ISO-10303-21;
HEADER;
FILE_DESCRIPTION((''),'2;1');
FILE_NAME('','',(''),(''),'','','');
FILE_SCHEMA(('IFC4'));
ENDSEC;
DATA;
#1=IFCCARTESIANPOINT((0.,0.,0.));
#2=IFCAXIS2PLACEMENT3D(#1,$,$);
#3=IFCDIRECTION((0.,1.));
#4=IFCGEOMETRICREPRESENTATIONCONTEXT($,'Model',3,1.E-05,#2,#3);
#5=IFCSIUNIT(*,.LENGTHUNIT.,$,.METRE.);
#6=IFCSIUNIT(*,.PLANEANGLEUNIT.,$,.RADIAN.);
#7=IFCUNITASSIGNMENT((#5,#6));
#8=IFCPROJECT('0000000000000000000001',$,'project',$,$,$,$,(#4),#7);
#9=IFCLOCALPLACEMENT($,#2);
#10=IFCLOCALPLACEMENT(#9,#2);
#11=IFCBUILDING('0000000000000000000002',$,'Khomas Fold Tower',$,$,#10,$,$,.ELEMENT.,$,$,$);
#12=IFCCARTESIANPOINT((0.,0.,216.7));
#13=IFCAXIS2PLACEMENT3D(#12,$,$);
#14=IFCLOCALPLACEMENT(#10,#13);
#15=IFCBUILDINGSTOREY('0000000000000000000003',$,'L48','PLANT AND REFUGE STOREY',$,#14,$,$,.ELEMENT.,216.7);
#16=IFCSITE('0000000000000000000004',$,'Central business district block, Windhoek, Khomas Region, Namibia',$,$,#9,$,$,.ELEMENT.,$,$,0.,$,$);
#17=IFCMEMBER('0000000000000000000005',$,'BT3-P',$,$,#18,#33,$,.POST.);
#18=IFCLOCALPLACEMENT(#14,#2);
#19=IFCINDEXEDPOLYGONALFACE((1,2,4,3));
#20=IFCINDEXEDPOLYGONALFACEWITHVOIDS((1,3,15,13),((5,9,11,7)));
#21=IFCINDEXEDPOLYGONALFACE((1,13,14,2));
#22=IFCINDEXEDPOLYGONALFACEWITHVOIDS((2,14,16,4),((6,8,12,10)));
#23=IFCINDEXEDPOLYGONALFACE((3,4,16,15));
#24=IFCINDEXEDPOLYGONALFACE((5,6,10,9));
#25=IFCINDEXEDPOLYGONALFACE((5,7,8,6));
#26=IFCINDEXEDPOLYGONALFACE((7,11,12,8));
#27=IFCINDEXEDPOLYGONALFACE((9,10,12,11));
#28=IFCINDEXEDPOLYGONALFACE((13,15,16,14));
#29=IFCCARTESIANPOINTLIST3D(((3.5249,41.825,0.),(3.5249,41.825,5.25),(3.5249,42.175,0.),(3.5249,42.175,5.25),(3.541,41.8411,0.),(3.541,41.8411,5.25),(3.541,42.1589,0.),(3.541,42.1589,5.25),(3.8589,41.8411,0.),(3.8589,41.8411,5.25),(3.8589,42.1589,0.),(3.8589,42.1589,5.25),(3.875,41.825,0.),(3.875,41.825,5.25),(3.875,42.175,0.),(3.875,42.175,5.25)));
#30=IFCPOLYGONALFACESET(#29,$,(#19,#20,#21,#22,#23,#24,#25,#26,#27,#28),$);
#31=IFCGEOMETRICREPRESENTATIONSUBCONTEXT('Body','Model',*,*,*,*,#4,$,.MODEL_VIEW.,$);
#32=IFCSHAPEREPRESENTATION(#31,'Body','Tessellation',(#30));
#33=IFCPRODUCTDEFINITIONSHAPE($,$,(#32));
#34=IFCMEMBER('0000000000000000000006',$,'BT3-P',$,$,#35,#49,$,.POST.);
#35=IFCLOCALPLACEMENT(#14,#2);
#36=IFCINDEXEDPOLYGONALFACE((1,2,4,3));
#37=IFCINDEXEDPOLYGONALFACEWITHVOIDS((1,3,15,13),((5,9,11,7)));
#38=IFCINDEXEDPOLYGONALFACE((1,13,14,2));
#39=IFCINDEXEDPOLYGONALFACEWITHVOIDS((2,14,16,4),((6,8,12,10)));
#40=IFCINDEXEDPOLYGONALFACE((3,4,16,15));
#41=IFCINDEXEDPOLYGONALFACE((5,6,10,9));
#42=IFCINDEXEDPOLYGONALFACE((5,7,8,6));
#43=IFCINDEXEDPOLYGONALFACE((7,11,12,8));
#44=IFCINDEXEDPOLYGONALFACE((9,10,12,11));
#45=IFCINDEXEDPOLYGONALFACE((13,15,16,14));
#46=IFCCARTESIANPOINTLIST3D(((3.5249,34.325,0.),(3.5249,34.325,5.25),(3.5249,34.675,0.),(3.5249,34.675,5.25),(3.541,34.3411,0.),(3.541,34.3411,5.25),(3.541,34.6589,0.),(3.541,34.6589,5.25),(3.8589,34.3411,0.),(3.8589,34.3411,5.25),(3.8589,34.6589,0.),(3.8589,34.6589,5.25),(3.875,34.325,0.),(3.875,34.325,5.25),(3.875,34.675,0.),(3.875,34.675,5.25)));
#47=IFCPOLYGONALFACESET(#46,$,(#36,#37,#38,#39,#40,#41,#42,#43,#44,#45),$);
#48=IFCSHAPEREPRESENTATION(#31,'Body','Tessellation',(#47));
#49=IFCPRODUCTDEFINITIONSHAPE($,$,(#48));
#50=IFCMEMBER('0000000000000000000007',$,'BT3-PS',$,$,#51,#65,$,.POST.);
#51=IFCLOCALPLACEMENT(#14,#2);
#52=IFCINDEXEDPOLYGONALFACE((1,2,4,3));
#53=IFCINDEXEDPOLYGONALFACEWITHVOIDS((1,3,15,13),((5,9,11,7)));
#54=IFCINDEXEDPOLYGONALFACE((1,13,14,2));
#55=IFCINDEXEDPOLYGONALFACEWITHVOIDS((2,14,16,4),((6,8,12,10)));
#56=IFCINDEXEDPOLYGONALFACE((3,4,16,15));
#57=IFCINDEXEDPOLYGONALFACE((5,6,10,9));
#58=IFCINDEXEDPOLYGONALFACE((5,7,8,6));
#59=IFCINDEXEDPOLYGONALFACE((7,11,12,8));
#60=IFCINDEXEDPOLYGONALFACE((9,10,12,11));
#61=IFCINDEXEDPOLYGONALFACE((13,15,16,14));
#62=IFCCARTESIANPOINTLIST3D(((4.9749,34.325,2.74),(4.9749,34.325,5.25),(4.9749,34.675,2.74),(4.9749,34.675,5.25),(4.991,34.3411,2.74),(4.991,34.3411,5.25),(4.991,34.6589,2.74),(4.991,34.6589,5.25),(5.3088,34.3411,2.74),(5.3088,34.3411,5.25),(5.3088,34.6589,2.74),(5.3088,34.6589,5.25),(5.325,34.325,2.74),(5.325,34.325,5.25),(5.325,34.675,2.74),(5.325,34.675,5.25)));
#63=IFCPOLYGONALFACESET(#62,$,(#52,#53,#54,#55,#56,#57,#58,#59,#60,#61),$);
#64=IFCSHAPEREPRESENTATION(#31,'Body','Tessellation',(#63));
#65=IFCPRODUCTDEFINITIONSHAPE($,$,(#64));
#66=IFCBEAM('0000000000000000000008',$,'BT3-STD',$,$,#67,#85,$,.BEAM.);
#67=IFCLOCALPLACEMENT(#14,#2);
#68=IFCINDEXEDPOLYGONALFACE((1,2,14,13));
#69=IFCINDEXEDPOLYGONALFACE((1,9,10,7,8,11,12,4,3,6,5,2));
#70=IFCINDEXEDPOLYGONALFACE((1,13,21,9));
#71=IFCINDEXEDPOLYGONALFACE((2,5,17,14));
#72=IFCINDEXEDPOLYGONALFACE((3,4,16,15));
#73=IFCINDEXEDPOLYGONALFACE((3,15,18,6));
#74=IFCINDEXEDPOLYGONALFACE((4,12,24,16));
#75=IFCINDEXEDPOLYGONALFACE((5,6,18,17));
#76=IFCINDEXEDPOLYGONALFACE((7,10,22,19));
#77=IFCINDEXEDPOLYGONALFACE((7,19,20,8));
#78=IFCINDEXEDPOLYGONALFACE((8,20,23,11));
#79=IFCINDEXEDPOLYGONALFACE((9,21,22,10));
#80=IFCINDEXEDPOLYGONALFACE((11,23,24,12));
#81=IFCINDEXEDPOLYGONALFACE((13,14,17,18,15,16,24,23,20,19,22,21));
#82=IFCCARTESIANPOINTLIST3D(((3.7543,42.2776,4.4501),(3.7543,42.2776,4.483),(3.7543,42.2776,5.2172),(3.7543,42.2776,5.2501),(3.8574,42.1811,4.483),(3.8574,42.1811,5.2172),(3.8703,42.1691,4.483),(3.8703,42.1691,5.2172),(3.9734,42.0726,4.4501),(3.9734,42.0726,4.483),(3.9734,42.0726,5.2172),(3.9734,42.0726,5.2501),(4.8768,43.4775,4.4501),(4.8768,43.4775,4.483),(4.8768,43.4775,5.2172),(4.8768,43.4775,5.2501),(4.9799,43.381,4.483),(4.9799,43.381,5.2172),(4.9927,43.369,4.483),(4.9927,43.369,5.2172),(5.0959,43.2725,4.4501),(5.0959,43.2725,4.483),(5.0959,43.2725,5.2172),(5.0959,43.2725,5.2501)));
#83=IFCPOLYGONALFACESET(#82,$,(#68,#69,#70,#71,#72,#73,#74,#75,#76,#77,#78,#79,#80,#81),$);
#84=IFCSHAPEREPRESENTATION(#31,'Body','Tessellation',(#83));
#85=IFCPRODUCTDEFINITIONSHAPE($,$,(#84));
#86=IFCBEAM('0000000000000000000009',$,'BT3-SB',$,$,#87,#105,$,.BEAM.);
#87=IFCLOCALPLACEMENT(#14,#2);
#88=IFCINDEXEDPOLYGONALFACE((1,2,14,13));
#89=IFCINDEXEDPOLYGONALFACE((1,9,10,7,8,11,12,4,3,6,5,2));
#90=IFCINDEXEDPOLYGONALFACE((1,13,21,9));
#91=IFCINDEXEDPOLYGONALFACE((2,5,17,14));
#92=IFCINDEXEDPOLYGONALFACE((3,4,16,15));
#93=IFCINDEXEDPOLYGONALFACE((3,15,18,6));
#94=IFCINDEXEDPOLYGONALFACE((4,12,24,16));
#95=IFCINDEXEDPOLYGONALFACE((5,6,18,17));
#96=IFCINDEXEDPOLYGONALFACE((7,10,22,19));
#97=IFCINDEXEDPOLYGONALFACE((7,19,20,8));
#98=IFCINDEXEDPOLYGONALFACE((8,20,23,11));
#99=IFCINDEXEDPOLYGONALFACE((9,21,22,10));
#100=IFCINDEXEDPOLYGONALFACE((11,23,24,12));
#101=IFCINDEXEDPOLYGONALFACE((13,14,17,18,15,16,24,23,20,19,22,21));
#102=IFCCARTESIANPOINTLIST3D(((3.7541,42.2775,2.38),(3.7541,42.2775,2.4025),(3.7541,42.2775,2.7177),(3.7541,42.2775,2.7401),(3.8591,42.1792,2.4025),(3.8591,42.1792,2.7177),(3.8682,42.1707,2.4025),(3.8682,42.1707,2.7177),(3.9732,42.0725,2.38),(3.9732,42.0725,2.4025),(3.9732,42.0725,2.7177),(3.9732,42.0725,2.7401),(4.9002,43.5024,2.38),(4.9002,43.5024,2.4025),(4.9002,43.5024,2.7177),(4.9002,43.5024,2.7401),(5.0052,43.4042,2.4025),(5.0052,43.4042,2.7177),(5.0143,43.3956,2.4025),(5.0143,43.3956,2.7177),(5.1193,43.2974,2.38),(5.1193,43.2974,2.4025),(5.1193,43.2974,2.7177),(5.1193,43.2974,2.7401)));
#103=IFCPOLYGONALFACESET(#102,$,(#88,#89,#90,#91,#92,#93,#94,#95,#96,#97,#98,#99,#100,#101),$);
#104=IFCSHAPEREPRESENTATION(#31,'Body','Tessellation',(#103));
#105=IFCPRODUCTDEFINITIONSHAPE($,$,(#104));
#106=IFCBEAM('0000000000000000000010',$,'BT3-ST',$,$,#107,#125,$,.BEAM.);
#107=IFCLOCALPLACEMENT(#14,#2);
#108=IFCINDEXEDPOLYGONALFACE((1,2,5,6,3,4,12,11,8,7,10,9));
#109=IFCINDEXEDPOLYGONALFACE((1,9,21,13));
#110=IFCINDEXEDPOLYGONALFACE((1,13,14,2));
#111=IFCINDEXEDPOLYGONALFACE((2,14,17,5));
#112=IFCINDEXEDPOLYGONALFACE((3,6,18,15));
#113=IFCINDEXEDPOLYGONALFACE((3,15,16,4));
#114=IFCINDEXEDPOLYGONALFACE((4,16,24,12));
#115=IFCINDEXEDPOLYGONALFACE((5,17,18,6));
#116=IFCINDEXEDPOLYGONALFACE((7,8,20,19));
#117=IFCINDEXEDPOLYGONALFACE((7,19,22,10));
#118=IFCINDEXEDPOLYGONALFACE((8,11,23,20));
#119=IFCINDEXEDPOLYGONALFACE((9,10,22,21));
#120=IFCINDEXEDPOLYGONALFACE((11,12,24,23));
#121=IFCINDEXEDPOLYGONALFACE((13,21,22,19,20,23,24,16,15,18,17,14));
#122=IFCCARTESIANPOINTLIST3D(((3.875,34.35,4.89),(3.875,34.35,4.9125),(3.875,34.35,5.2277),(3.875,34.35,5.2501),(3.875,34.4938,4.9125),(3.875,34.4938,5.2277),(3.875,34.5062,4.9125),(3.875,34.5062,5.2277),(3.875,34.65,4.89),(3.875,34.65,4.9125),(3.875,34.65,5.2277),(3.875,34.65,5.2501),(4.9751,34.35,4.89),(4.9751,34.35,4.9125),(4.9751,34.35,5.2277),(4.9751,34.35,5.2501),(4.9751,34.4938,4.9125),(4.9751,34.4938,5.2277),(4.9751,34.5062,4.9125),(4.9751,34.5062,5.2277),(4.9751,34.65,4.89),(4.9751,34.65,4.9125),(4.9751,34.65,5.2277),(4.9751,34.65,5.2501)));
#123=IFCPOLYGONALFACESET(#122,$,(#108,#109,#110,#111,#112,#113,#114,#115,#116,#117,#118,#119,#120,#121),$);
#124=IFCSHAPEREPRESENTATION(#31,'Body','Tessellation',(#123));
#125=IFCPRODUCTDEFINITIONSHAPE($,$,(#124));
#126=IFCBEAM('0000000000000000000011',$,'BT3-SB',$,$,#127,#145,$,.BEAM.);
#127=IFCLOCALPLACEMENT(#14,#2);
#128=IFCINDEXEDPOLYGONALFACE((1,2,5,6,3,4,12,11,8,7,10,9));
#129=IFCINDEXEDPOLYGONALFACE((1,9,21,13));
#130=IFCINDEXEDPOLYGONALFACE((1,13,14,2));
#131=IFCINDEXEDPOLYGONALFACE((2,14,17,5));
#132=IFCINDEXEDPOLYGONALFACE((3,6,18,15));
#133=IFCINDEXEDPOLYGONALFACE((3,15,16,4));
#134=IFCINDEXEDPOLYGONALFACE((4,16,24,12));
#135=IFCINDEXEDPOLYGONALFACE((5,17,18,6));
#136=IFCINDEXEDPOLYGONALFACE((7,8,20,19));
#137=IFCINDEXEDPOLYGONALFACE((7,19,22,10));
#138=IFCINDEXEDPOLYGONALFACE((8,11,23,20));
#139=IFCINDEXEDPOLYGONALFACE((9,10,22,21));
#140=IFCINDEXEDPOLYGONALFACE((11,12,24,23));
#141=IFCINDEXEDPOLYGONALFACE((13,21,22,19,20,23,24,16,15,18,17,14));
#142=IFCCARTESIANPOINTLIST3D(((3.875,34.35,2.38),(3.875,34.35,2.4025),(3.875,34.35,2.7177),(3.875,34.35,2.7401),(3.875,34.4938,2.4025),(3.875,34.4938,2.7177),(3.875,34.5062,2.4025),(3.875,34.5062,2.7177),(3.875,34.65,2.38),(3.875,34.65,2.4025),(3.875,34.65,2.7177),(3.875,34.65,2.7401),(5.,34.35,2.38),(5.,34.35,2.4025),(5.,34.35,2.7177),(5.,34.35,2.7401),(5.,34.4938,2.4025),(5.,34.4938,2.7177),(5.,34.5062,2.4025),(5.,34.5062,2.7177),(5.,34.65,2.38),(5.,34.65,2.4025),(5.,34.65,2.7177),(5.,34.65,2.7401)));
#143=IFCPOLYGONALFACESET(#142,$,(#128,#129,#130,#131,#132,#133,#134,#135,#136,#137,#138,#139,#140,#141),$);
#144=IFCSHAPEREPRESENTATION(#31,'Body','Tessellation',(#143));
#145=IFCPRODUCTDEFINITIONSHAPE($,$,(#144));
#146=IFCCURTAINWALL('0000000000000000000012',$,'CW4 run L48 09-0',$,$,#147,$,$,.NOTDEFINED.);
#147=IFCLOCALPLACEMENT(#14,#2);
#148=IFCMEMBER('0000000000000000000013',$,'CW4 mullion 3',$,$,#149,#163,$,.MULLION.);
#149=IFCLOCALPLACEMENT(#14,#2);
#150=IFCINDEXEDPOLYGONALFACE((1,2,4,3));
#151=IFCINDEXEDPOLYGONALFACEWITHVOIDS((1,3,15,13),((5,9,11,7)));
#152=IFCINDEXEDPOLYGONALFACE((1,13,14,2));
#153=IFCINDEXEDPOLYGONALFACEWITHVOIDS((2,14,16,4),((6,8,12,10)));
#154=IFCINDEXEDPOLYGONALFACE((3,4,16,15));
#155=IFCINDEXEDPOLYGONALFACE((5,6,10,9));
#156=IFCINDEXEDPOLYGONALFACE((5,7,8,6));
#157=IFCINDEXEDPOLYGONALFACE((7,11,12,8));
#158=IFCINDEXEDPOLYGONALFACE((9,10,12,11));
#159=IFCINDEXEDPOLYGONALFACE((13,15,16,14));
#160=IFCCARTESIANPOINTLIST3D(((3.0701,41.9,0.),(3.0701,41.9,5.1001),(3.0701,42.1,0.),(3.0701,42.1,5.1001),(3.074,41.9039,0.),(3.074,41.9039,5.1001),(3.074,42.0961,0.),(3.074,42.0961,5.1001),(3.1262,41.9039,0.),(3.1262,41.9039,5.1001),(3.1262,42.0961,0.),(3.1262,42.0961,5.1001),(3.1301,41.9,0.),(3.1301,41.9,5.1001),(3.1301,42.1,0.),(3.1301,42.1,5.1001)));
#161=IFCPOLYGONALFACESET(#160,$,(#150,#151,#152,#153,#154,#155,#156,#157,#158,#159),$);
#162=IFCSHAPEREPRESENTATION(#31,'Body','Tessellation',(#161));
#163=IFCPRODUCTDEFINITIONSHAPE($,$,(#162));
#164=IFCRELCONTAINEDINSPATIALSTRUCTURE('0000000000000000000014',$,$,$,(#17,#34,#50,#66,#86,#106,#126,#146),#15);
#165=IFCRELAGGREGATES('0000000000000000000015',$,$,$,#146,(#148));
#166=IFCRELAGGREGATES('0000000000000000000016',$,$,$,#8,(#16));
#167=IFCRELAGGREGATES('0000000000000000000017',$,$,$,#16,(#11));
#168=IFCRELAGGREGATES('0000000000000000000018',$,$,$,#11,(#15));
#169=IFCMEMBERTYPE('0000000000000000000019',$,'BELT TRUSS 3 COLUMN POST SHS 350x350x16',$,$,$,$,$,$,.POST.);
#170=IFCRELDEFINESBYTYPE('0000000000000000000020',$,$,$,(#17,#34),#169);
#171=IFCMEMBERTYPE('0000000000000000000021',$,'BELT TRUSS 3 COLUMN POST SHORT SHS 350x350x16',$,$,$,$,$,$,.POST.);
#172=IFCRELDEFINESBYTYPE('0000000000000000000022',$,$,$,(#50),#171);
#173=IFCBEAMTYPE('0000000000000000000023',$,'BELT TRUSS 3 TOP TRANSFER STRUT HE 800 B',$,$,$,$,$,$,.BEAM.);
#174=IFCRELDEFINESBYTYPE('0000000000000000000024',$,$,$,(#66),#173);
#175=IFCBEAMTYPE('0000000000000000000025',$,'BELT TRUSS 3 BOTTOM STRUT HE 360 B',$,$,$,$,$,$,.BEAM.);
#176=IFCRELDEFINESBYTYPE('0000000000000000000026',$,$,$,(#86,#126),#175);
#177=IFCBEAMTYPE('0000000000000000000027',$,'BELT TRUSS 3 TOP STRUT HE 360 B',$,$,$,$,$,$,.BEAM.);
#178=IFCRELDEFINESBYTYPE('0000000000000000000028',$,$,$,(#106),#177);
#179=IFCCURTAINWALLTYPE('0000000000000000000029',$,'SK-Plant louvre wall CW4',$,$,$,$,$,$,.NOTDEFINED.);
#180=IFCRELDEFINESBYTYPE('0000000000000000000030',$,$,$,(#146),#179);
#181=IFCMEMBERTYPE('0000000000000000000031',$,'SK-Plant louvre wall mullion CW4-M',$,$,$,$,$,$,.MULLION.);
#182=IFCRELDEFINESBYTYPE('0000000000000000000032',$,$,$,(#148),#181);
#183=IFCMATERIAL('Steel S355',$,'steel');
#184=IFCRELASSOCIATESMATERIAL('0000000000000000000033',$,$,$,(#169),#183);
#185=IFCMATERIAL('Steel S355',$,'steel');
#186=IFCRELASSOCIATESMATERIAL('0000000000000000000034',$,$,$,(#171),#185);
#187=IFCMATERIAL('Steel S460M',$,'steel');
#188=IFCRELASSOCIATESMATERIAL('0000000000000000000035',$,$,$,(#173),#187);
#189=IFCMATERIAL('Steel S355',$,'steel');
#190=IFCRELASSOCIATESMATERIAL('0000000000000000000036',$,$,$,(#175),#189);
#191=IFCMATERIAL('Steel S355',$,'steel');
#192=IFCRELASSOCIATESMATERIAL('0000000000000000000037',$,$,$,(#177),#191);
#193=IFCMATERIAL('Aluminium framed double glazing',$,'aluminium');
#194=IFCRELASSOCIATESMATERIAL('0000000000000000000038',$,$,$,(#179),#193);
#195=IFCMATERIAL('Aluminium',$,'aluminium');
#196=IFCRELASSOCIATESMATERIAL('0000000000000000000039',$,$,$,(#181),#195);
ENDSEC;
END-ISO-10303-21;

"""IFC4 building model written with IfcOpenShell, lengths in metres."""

from ifc_helpers import new_model, si_unit, direction, frame, origin, origin_2d, place, context, subcontext, project, spatial, hollow_rectangle, i_section, extrude, source, transform, mapped, material, material_profile, profile_set, type_object, element, aggregate, save


model = new_model("IFC4")

# Units and contexts
model_context = context("Model", 3, precision=1e-05, world=origin(), true_north=direction((0.0, 1.0)))
body_context = subcontext(model_context, "Body", "Model", "MODEL_VIEW")
ifc_project = project(units=[si_unit("LENGTHUNIT", "METRE"), si_unit("PLANEANGLEUNIT", "RADIAN")], contexts=[model_context])

# Site, building, storey
site_placement = place(None, origin())
site = spatial("IfcSite", under=ifc_project, at=site_placement, Name="Central business district block, Windhoek, Khomas Region, Namibia", CompositionType="ELEMENT", RefElevation=0.0)
building_placement = place(site_placement, origin())
building = spatial("IfcBuilding", under=site, at=building_placement, Name="Khomas Fold Tower", CompositionType="ELEMENT")
storey_placement = place(building_placement, frame((0.0, 0.0, 216.7)))
storey = spatial("IfcBuildingStorey", under=building, at=storey_placement, Name="L48", Description="PLANT AND REFUGE STOREY", CompositionType="ELEMENT", Elevation=216.7)

# Members
ifc_material_1 = material(Name="Steel S355", Category="steel")
ifc_material_profile_1 = material_profile(ifc_material_1, hollow_rectangle(XDim=0.3501, YDim=0.3501, WallThickness=0.0161, at=origin_2d()), Name="SHS 350x350x16")
ifc_profile_set_1 = profile_set([ifc_material_profile_1], Name="Steel S355")
member_type_1 = type_object("IfcMemberType", Name="BELT TRUSS 3 COLUMN POST SHS 350x350x16", PredefinedType="POST", material=ifc_profile_set_1)
shared_shape_1 = source(origin(), body_context, "Body", "SweptSolid", [
    extrude(hollow_rectangle(XDim=0.3501, YDim=0.3501, WallThickness=0.0161, at=origin_2d()), origin(), (0.0, 0.0, 1.0), 5.25),
])
for number, where, z_axis, x_axis, name in (
    (1, (3.7, 42.0, 0.0), (0.0, 0.0, 1.0), (1.0, 0.0, 0.0), "BT3-P"),
    (2, (3.7, 34.5, 0.0), (0.0, 0.0, 1.0), (1.0, 0.0, 0.0), "BT3-P"),
):
    element("IfcMember", number, at=place(storey_placement, frame(where, z_axis=z_axis, x_axis=x_axis)), inside=storey, type_object=member_type_1, Name=name, PredefinedType="POST", context=body_context, shape_type="MappedRepresentation", body=[
        mapped(shared_shape_1, transform((0.0, 0.0, 0.0))),
    ])
ifc_material_2 = material(Name="Steel S355", Category="steel")
ifc_material_profile_2 = material_profile(ifc_material_2, hollow_rectangle(XDim=0.3501, YDim=0.3501, WallThickness=0.0161, at=origin_2d()), Name="SHS 350x350x16")
ifc_profile_set_2 = profile_set([ifc_material_profile_2], Name="Steel S355")
member_type_2 = type_object("IfcMemberType", Name="BELT TRUSS 3 COLUMN POST SHORT SHS 350x350x16", PredefinedType="POST", material=ifc_profile_set_2)
shared_shape_2 = source(origin(), body_context, "Body", "SweptSolid", [
    extrude(hollow_rectangle(XDim=0.3501, YDim=0.3501, WallThickness=0.0161, at=origin_2d()), origin(), (0.0, 0.0, 1.0), 2.51),
])
member_1_placement = place(storey_placement, frame((5.1499, 34.5, 2.74), z_axis=(0.0, 0.0, 1.0), x_axis=(1.0, 0.0, 0.0)))
element("IfcMember", 3, at=member_1_placement, inside=storey, type_object=member_type_2, Name="BT3-PS", PredefinedType="POST", context=body_context, shape_type="MappedRepresentation", body=[
    mapped(shared_shape_2, transform((0.0, 0.0, 0.0))),
])

# Beams
ifc_material_3 = material(Name="Steel S460M", Category="steel")
ifc_material_profile_3 = material_profile(ifc_material_3, i_section(OverallWidth=0.3, OverallDepth=0.8, WebThickness=0.0176, FlangeThickness=0.033, at=origin_2d()), Name="HE 800 B")
ifc_profile_set_3 = profile_set([ifc_material_profile_3], Name="Steel S460M")
beam_type_1 = type_object("IfcBeamType", Name="BELT TRUSS 3 TOP TRANSFER STRUT HE 800 B", PredefinedType="BEAM", material=ifc_profile_set_3)
shared_shape_3 = source(origin(), body_context, "Body", "SweptSolid", [
    extrude(i_section(OverallWidth=0.3, OverallDepth=0.8, WebThickness=0.0176, FlangeThickness=0.033, at=origin_2d()), origin(), (0.0, 0.0, 1.0), 1.6431),
])
beam_1_placement = place(storey_placement, frame((4.9863, 43.375, 4.8501), z_axis=(-0.683165, -0.730264, 0.0), x_axis=(0.730264, -0.683165, 0.0)))
element("IfcBeam", 4, at=beam_1_placement, inside=storey, type_object=beam_type_1, Name="BT3-STD", PredefinedType="BEAM", context=body_context, shape_type="MappedRepresentation", body=[
    mapped(shared_shape_3, transform((0.0, 0.0, 0.0))),
])
ifc_material_4 = material(Name="Steel S355", Category="steel")
ifc_material_profile_4 = material_profile(ifc_material_4, i_section(OverallWidth=0.3, OverallDepth=0.3601, WebThickness=0.0125, FlangeThickness=0.0225, at=origin_2d()), Name="HE 360 B")
ifc_profile_set_4 = profile_set([ifc_material_profile_4], Name="Steel S355")
beam_type_2 = type_object("IfcBeamType", Name="BELT TRUSS 3 BOTTOM STRUT HE 360 B", PredefinedType="BEAM", material=ifc_profile_set_4)
shared_shape_4 = source(origin(), body_context, "Body", "SweptSolid", [
    extrude(i_section(OverallWidth=0.3, OverallDepth=0.3601, WebThickness=0.0125, FlangeThickness=0.0225, at=origin_2d()), origin(), (0.0, 0.0, 1.0), 1.6775),
])
beam_2_placement = place(storey_placement, frame((5.0098, 43.3999, 2.5601), z_axis=(-0.68321, -0.730222, 0.0), x_axis=(0.730222, -0.68321, 0.0)))
element("IfcBeam", 5, at=beam_2_placement, inside=storey, type_object=beam_type_2, Name="BT3-SB", PredefinedType="BEAM", context=body_context, shape_type="MappedRepresentation", body=[
    mapped(shared_shape_4, transform((0.0, 0.0, 0.0))),
])
ifc_material_5 = material(Name="Steel S355", Category="steel")
ifc_material_profile_5 = material_profile(ifc_material_5, i_section(OverallWidth=0.3, OverallDepth=0.3601, WebThickness=0.0125, FlangeThickness=0.0225, at=origin_2d()), Name="HE 360 B")
ifc_profile_set_5 = profile_set([ifc_material_profile_5], Name="Steel S355")
beam_type_3 = type_object("IfcBeamType", Name="BELT TRUSS 3 TOP STRUT HE 360 B", PredefinedType="BEAM", material=ifc_profile_set_5)
shared_shape_5 = source(origin(), body_context, "Body", "SweptSolid", [
    extrude(i_section(OverallWidth=0.3, OverallDepth=0.3601, WebThickness=0.0125, FlangeThickness=0.0225, at=origin_2d()), origin(), (0.0, 0.0, 1.0), 1.1001),
])
beam_3_placement = place(storey_placement, frame((4.9751, 34.5, 5.0701), z_axis=(-1.0, 0.0, 0.0), x_axis=(0.0, -1.0, 0.0)))
element("IfcBeam", 6, at=beam_3_placement, inside=storey, type_object=beam_type_3, Name="BT3-ST", PredefinedType="BEAM", context=body_context, shape_type="MappedRepresentation", body=[
    mapped(shared_shape_5, transform((0.0, 0.0, 0.0))),
])
shared_shape_6 = source(origin(), body_context, "Body", "SweptSolid", [
    extrude(i_section(OverallWidth=0.3, OverallDepth=0.3601, WebThickness=0.0125, FlangeThickness=0.0225, at=origin_2d()), origin(), (0.0, 0.0, 1.0), 1.125),
])
beam_4_placement = place(storey_placement, frame((5.0, 34.5, 2.5601), z_axis=(-1.0, 0.0, 0.0), x_axis=(0.0, -1.0, 0.0)))
element("IfcBeam", 7, at=beam_4_placement, inside=storey, type_object=beam_type_2, Name="BT3-SB", PredefinedType="BEAM", context=body_context, shape_type="MappedRepresentation", body=[
    mapped(shared_shape_6, transform((0.0, 0.0, 0.0))),
])

# Curtain wall, member
ifc_material_6 = material(Name="Aluminium framed double glazing", Category="aluminium")
curtain_wall_type = type_object("IfcCurtainWallType", Name="SK-Plant louvre wall CW4", PredefinedType="NOTDEFINED", material=ifc_material_6)
curtain_wall_placement = place(storey_placement, origin())
curtain_wall = element("IfcCurtainWall", 8, at=curtain_wall_placement, inside=storey, type_object=curtain_wall_type, Name="CW4 run L48 09-0", PredefinedType="NOTDEFINED")
ifc_material_7 = material(Name="Aluminium", Category="aluminium")
ifc_material_profile_6 = material_profile(ifc_material_7, hollow_rectangle(XDim=0.0601, YDim=0.2, WallThickness=0.0039, at=origin_2d()), Name="SK-Plant louvre wall mullion CW4-M")
ifc_profile_set_6 = profile_set([ifc_material_profile_6], Name="Aluminium")
member_type_3 = type_object("IfcMemberType", Name="SK-Plant louvre wall mullion CW4-M", PredefinedType="MULLION", material=ifc_profile_set_6)
shared_shape_7 = source(origin(), body_context, "Body", "SweptSolid", [
    extrude(hollow_rectangle(XDim=0.0601, YDim=0.2, WallThickness=0.0039, at=origin_2d()), origin(), (0.0, 0.0, 1.0), 5.1001),
])
member_2_placement = place(storey_placement, frame((3.1001, 42.0, 0.0), z_axis=(0.0, 0.0, 1.0), x_axis=(1.0, 0.0, 0.0)))
member_2 = element("IfcMember", 9, at=member_2_placement, type_object=member_type_3, Name="CW4 mullion 3", PredefinedType="MULLION", context=body_context, shape_type="MappedRepresentation", body=[
    mapped(shared_shape_7, transform((0.0, 0.0, 0.0))),
])
aggregate(curtain_wall, [member_2])

save(model, "model.ifc")
